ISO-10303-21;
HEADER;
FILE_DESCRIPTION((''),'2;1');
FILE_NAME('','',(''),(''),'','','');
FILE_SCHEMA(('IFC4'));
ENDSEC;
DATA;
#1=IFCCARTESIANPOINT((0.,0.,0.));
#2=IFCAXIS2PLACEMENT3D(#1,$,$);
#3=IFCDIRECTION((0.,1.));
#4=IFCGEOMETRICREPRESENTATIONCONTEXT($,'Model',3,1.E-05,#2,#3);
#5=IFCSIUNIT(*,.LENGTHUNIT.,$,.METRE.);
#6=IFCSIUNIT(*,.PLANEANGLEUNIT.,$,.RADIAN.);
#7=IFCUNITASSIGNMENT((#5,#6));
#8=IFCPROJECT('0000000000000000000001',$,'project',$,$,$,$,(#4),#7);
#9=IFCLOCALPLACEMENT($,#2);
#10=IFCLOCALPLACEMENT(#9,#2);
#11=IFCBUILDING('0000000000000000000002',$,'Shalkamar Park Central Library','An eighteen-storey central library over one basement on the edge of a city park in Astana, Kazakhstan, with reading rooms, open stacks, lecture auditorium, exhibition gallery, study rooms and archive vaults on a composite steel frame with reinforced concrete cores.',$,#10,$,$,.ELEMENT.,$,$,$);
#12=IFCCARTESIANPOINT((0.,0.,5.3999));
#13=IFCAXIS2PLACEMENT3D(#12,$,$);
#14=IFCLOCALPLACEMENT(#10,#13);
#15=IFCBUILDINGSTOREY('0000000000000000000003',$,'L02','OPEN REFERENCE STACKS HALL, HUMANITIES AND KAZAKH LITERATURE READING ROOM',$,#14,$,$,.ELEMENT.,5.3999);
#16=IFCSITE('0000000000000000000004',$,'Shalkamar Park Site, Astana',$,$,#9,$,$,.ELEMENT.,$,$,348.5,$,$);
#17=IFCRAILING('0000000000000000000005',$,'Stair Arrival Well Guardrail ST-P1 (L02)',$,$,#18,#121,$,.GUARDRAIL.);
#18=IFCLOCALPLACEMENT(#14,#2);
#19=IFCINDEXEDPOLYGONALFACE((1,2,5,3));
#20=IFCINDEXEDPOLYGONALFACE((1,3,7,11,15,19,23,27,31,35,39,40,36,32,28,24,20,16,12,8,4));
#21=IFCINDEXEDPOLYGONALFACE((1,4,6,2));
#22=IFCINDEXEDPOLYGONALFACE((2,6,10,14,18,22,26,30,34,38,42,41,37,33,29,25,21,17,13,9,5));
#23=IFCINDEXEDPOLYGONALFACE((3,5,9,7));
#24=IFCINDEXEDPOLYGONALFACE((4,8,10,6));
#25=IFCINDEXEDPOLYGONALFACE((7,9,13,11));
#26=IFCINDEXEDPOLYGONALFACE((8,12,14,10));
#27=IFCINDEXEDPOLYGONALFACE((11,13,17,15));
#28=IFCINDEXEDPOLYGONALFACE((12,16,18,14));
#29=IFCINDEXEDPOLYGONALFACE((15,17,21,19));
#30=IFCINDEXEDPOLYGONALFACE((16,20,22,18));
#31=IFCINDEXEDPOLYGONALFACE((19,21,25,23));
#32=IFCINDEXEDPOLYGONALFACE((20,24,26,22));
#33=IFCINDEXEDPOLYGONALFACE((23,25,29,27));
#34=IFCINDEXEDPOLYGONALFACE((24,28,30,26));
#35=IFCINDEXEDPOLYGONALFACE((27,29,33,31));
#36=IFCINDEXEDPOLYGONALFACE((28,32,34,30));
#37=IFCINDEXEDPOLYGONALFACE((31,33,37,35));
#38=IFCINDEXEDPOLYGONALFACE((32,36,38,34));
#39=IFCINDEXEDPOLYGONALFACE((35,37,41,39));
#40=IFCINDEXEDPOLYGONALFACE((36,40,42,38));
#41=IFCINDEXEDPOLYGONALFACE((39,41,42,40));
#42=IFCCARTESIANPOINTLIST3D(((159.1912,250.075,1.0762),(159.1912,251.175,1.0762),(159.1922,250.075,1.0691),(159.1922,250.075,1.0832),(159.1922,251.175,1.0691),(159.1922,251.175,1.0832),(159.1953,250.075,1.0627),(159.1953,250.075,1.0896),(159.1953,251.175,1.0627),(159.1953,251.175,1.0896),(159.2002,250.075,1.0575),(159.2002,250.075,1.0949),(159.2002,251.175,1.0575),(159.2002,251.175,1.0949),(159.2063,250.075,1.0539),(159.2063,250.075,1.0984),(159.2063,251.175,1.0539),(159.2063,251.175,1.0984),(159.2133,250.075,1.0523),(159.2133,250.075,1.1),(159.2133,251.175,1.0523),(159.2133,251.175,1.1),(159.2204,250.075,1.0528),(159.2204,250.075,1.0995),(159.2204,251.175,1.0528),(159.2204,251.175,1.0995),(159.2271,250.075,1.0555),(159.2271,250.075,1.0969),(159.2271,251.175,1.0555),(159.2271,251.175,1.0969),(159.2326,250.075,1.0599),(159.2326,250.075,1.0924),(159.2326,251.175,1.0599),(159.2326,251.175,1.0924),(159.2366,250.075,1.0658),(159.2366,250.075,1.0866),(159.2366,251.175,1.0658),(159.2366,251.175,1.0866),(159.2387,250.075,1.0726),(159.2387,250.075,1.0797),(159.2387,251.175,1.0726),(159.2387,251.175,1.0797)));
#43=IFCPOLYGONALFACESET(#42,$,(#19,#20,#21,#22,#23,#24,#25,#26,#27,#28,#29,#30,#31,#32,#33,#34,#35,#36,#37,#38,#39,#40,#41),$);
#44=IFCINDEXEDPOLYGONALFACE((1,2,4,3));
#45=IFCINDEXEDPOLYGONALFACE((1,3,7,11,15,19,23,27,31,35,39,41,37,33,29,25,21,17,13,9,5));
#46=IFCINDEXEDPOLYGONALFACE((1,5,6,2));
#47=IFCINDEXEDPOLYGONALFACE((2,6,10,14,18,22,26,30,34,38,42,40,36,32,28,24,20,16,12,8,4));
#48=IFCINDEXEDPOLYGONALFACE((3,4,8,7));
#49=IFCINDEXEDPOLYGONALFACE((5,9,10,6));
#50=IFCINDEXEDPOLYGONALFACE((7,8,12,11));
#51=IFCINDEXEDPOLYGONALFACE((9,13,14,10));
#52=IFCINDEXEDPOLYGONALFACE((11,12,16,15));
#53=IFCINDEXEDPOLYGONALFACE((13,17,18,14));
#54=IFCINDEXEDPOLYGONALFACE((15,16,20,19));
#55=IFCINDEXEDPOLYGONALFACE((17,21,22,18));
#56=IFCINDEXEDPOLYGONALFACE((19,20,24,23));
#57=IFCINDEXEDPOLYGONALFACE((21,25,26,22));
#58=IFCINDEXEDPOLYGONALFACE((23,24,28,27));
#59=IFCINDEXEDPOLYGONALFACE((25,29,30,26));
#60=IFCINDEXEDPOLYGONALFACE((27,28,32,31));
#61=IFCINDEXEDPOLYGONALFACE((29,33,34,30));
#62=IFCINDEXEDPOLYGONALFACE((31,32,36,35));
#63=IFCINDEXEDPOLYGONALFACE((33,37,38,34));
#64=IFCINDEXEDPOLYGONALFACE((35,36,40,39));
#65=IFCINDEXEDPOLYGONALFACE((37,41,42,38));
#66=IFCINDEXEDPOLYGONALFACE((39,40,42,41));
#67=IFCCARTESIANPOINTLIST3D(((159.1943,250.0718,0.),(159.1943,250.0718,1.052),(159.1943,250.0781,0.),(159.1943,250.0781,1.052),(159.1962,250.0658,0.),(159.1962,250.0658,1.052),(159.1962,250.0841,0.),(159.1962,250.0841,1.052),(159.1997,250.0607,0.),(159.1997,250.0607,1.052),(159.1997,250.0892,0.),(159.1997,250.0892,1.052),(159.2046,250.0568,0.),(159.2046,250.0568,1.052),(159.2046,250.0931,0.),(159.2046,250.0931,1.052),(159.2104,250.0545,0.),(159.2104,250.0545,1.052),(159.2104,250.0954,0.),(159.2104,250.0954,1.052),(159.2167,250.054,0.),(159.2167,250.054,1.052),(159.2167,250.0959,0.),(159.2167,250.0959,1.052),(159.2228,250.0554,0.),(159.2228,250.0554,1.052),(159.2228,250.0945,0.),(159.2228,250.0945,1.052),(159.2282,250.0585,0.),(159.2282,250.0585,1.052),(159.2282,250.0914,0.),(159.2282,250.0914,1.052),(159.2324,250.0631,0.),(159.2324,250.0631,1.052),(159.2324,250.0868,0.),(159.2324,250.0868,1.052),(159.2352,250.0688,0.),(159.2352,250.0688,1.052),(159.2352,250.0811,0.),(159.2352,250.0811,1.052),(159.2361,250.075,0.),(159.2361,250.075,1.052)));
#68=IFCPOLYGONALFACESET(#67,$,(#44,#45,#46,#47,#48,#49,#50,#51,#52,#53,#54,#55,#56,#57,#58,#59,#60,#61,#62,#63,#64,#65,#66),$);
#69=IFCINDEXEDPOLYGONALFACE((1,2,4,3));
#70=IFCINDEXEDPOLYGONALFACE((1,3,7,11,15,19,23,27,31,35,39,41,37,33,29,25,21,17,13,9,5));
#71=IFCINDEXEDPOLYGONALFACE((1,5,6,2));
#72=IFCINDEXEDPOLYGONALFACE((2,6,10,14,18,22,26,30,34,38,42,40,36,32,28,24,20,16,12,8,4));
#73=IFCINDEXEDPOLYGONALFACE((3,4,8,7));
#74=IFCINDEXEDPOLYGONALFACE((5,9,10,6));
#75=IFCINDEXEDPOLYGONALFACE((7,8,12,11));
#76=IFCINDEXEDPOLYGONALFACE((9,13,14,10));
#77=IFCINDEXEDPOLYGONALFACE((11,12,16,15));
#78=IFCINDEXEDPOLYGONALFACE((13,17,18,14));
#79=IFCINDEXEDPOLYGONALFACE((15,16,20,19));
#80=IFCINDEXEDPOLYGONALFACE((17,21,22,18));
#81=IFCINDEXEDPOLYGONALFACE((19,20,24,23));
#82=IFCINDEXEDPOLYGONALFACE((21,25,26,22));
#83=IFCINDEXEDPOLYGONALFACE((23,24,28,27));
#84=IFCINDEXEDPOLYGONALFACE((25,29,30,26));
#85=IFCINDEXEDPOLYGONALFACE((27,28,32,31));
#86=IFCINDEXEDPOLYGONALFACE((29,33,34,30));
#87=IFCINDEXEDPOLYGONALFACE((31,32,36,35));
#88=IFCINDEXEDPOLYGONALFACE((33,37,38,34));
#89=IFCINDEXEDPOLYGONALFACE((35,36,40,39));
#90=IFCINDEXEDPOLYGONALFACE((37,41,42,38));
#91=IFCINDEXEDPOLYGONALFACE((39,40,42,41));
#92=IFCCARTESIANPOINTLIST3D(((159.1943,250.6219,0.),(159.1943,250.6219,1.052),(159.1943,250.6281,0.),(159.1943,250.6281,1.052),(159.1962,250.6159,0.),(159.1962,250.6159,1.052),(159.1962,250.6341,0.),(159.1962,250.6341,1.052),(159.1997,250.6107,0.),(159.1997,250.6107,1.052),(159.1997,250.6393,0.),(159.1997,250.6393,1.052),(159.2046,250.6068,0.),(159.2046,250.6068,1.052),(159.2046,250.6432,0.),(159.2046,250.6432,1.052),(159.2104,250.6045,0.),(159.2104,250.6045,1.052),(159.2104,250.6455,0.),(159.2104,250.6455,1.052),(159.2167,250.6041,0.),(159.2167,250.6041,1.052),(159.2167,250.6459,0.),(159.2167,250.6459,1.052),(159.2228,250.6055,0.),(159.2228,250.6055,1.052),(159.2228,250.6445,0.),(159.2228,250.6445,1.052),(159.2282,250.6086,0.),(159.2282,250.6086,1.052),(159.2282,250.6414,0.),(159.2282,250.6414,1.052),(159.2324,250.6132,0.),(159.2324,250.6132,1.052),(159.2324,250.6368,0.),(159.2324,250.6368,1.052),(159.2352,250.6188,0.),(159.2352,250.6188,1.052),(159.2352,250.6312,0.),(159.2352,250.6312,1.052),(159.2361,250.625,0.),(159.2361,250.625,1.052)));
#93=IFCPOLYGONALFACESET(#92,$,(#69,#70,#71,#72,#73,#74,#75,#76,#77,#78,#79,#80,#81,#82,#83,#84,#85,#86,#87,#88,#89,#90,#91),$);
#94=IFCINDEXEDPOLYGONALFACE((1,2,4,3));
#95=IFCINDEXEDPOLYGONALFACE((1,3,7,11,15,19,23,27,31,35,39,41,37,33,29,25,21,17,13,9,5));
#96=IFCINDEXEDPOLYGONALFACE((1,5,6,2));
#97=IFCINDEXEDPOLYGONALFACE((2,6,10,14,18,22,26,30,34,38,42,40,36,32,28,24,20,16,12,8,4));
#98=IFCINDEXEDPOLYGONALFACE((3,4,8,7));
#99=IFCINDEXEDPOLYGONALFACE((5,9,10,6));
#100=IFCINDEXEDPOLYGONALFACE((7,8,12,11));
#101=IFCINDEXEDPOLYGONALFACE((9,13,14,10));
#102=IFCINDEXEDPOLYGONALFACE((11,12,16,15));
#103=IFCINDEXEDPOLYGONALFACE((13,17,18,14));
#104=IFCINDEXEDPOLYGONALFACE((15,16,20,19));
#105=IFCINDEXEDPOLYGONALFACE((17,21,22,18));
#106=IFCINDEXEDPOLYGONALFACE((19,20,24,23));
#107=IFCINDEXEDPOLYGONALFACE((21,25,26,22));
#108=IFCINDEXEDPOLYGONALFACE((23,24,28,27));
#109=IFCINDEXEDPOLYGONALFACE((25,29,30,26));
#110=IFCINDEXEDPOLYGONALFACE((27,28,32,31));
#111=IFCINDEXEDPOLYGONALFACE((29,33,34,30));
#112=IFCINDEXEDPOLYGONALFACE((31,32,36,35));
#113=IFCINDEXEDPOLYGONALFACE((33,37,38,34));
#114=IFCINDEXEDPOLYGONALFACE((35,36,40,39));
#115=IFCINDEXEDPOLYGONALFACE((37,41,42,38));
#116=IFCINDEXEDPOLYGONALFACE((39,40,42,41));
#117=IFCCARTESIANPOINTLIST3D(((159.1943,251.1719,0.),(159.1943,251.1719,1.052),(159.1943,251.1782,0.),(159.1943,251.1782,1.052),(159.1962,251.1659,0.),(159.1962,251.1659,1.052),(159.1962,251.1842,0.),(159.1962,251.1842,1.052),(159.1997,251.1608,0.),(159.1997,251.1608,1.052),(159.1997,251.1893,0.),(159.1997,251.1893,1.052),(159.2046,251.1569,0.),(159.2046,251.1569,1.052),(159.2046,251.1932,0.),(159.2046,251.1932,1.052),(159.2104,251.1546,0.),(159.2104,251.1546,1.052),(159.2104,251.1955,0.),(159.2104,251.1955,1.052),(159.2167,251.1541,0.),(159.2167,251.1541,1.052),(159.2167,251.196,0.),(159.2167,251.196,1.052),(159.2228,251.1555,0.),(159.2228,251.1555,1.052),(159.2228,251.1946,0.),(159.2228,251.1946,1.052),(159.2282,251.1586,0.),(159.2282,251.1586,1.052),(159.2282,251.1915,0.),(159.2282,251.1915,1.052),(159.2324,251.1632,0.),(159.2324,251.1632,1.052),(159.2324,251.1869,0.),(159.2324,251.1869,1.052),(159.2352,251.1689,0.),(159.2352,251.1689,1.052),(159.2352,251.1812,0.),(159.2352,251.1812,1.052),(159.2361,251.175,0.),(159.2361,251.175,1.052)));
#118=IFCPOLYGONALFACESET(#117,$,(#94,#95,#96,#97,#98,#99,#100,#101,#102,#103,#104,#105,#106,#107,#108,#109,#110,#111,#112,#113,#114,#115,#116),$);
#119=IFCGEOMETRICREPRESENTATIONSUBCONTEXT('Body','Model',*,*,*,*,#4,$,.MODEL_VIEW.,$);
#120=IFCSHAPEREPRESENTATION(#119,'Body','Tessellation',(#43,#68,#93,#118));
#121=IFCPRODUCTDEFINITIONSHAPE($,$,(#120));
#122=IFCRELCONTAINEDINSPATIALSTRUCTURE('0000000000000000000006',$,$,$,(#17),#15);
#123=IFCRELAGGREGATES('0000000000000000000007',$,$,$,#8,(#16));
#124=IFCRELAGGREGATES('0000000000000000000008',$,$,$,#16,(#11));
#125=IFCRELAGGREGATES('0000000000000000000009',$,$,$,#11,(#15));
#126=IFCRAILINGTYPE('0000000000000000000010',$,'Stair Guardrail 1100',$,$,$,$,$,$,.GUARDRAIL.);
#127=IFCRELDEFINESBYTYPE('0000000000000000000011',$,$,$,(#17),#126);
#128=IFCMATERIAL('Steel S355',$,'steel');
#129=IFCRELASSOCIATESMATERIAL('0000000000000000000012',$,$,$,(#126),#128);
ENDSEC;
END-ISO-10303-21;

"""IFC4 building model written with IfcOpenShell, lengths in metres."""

from ifc_helpers import new_model, si_unit, direction, frame, origin, origin_2d, place, context, subcontext, project, spatial, circle, extrude, material, type_object, element, save


model = new_model("IFC4")

# Units and contexts
model_context = context("Model", 3, precision=1e-05, world=origin(), true_north=direction((0.0, 1.0)))
body_context = subcontext(model_context, "Body", "Model", "MODEL_VIEW")
ifc_project = project(units=[si_unit("LENGTHUNIT", "METRE"), si_unit("PLANEANGLEUNIT", "RADIAN")], contexts=[model_context])

# Site, building, storey
site_placement = place(None, origin())
site = spatial("IfcSite", under=ifc_project, at=site_placement, Name="Shalkamar Park Site, Astana", CompositionType="ELEMENT", RefElevation=348.5)
building_placement = place(site_placement, origin())
building = spatial("IfcBuilding", under=site, at=building_placement, Name="Shalkamar Park Central Library", Description="An eighteen-storey central library over one basement on the edge of a city park in Astana, Kazakhstan, with reading rooms, open stacks, lecture auditorium, exhibition gallery, study rooms and archive vaults on a composite steel frame with reinforced concrete cores.", CompositionType="ELEMENT")
storey_placement = place(building_placement, frame((0.0, 0.0, 5.3999)))
storey = spatial("IfcBuildingStorey", under=building, at=storey_placement, Name="L02", Description="OPEN REFERENCE STACKS HALL, HUMANITIES AND KAZAKH LITERATURE READING ROOM", CompositionType="ELEMENT", Elevation=5.3999)

# Shared definitions
ifc_material_1 = material(Name="Steel S355", Category="steel")

# Railing
railing_type_1 = type_object("IfcRailingType", Name="Stair Guardrail 1100", PredefinedType="GUARDRAIL", material=ifc_material_1)
railing_1_placement = place(storey_placement, frame((159.2151, 250.075, 0.0)))
element("IfcRailing", 1, at=railing_1_placement, inside=storey, type_object=railing_type_1, Name="Stair Arrival Well Guardrail ST-P1 (L02)", PredefinedType="GUARDRAIL", context=body_context, shape_type="SweptSolid", body=[
    extrude(circle(Radius=0.0239, at=origin_2d()), frame((0.0, 0.0, 1.0762), z_axis=(0.0, 1.0, 0.0), x_axis=(-1.0, 0.0, 0.0)), (0.0, 0.0, 1.0), 1.1001),
    extrude(circle(Radius=0.021, at=origin_2d()), origin(), (0.0, 0.0, 1.0), 1.052),
    extrude(circle(Radius=0.021, at=origin_2d()), frame((0.0, 0.55, 0.0)), (0.0, 0.0, 1.0), 1.052),
    extrude(circle(Radius=0.021, at=origin_2d()), frame((0.0, 1.1001, 0.0)), (0.0, 0.0, 1.0), 1.052),
])

save(model, "model.ifc")
